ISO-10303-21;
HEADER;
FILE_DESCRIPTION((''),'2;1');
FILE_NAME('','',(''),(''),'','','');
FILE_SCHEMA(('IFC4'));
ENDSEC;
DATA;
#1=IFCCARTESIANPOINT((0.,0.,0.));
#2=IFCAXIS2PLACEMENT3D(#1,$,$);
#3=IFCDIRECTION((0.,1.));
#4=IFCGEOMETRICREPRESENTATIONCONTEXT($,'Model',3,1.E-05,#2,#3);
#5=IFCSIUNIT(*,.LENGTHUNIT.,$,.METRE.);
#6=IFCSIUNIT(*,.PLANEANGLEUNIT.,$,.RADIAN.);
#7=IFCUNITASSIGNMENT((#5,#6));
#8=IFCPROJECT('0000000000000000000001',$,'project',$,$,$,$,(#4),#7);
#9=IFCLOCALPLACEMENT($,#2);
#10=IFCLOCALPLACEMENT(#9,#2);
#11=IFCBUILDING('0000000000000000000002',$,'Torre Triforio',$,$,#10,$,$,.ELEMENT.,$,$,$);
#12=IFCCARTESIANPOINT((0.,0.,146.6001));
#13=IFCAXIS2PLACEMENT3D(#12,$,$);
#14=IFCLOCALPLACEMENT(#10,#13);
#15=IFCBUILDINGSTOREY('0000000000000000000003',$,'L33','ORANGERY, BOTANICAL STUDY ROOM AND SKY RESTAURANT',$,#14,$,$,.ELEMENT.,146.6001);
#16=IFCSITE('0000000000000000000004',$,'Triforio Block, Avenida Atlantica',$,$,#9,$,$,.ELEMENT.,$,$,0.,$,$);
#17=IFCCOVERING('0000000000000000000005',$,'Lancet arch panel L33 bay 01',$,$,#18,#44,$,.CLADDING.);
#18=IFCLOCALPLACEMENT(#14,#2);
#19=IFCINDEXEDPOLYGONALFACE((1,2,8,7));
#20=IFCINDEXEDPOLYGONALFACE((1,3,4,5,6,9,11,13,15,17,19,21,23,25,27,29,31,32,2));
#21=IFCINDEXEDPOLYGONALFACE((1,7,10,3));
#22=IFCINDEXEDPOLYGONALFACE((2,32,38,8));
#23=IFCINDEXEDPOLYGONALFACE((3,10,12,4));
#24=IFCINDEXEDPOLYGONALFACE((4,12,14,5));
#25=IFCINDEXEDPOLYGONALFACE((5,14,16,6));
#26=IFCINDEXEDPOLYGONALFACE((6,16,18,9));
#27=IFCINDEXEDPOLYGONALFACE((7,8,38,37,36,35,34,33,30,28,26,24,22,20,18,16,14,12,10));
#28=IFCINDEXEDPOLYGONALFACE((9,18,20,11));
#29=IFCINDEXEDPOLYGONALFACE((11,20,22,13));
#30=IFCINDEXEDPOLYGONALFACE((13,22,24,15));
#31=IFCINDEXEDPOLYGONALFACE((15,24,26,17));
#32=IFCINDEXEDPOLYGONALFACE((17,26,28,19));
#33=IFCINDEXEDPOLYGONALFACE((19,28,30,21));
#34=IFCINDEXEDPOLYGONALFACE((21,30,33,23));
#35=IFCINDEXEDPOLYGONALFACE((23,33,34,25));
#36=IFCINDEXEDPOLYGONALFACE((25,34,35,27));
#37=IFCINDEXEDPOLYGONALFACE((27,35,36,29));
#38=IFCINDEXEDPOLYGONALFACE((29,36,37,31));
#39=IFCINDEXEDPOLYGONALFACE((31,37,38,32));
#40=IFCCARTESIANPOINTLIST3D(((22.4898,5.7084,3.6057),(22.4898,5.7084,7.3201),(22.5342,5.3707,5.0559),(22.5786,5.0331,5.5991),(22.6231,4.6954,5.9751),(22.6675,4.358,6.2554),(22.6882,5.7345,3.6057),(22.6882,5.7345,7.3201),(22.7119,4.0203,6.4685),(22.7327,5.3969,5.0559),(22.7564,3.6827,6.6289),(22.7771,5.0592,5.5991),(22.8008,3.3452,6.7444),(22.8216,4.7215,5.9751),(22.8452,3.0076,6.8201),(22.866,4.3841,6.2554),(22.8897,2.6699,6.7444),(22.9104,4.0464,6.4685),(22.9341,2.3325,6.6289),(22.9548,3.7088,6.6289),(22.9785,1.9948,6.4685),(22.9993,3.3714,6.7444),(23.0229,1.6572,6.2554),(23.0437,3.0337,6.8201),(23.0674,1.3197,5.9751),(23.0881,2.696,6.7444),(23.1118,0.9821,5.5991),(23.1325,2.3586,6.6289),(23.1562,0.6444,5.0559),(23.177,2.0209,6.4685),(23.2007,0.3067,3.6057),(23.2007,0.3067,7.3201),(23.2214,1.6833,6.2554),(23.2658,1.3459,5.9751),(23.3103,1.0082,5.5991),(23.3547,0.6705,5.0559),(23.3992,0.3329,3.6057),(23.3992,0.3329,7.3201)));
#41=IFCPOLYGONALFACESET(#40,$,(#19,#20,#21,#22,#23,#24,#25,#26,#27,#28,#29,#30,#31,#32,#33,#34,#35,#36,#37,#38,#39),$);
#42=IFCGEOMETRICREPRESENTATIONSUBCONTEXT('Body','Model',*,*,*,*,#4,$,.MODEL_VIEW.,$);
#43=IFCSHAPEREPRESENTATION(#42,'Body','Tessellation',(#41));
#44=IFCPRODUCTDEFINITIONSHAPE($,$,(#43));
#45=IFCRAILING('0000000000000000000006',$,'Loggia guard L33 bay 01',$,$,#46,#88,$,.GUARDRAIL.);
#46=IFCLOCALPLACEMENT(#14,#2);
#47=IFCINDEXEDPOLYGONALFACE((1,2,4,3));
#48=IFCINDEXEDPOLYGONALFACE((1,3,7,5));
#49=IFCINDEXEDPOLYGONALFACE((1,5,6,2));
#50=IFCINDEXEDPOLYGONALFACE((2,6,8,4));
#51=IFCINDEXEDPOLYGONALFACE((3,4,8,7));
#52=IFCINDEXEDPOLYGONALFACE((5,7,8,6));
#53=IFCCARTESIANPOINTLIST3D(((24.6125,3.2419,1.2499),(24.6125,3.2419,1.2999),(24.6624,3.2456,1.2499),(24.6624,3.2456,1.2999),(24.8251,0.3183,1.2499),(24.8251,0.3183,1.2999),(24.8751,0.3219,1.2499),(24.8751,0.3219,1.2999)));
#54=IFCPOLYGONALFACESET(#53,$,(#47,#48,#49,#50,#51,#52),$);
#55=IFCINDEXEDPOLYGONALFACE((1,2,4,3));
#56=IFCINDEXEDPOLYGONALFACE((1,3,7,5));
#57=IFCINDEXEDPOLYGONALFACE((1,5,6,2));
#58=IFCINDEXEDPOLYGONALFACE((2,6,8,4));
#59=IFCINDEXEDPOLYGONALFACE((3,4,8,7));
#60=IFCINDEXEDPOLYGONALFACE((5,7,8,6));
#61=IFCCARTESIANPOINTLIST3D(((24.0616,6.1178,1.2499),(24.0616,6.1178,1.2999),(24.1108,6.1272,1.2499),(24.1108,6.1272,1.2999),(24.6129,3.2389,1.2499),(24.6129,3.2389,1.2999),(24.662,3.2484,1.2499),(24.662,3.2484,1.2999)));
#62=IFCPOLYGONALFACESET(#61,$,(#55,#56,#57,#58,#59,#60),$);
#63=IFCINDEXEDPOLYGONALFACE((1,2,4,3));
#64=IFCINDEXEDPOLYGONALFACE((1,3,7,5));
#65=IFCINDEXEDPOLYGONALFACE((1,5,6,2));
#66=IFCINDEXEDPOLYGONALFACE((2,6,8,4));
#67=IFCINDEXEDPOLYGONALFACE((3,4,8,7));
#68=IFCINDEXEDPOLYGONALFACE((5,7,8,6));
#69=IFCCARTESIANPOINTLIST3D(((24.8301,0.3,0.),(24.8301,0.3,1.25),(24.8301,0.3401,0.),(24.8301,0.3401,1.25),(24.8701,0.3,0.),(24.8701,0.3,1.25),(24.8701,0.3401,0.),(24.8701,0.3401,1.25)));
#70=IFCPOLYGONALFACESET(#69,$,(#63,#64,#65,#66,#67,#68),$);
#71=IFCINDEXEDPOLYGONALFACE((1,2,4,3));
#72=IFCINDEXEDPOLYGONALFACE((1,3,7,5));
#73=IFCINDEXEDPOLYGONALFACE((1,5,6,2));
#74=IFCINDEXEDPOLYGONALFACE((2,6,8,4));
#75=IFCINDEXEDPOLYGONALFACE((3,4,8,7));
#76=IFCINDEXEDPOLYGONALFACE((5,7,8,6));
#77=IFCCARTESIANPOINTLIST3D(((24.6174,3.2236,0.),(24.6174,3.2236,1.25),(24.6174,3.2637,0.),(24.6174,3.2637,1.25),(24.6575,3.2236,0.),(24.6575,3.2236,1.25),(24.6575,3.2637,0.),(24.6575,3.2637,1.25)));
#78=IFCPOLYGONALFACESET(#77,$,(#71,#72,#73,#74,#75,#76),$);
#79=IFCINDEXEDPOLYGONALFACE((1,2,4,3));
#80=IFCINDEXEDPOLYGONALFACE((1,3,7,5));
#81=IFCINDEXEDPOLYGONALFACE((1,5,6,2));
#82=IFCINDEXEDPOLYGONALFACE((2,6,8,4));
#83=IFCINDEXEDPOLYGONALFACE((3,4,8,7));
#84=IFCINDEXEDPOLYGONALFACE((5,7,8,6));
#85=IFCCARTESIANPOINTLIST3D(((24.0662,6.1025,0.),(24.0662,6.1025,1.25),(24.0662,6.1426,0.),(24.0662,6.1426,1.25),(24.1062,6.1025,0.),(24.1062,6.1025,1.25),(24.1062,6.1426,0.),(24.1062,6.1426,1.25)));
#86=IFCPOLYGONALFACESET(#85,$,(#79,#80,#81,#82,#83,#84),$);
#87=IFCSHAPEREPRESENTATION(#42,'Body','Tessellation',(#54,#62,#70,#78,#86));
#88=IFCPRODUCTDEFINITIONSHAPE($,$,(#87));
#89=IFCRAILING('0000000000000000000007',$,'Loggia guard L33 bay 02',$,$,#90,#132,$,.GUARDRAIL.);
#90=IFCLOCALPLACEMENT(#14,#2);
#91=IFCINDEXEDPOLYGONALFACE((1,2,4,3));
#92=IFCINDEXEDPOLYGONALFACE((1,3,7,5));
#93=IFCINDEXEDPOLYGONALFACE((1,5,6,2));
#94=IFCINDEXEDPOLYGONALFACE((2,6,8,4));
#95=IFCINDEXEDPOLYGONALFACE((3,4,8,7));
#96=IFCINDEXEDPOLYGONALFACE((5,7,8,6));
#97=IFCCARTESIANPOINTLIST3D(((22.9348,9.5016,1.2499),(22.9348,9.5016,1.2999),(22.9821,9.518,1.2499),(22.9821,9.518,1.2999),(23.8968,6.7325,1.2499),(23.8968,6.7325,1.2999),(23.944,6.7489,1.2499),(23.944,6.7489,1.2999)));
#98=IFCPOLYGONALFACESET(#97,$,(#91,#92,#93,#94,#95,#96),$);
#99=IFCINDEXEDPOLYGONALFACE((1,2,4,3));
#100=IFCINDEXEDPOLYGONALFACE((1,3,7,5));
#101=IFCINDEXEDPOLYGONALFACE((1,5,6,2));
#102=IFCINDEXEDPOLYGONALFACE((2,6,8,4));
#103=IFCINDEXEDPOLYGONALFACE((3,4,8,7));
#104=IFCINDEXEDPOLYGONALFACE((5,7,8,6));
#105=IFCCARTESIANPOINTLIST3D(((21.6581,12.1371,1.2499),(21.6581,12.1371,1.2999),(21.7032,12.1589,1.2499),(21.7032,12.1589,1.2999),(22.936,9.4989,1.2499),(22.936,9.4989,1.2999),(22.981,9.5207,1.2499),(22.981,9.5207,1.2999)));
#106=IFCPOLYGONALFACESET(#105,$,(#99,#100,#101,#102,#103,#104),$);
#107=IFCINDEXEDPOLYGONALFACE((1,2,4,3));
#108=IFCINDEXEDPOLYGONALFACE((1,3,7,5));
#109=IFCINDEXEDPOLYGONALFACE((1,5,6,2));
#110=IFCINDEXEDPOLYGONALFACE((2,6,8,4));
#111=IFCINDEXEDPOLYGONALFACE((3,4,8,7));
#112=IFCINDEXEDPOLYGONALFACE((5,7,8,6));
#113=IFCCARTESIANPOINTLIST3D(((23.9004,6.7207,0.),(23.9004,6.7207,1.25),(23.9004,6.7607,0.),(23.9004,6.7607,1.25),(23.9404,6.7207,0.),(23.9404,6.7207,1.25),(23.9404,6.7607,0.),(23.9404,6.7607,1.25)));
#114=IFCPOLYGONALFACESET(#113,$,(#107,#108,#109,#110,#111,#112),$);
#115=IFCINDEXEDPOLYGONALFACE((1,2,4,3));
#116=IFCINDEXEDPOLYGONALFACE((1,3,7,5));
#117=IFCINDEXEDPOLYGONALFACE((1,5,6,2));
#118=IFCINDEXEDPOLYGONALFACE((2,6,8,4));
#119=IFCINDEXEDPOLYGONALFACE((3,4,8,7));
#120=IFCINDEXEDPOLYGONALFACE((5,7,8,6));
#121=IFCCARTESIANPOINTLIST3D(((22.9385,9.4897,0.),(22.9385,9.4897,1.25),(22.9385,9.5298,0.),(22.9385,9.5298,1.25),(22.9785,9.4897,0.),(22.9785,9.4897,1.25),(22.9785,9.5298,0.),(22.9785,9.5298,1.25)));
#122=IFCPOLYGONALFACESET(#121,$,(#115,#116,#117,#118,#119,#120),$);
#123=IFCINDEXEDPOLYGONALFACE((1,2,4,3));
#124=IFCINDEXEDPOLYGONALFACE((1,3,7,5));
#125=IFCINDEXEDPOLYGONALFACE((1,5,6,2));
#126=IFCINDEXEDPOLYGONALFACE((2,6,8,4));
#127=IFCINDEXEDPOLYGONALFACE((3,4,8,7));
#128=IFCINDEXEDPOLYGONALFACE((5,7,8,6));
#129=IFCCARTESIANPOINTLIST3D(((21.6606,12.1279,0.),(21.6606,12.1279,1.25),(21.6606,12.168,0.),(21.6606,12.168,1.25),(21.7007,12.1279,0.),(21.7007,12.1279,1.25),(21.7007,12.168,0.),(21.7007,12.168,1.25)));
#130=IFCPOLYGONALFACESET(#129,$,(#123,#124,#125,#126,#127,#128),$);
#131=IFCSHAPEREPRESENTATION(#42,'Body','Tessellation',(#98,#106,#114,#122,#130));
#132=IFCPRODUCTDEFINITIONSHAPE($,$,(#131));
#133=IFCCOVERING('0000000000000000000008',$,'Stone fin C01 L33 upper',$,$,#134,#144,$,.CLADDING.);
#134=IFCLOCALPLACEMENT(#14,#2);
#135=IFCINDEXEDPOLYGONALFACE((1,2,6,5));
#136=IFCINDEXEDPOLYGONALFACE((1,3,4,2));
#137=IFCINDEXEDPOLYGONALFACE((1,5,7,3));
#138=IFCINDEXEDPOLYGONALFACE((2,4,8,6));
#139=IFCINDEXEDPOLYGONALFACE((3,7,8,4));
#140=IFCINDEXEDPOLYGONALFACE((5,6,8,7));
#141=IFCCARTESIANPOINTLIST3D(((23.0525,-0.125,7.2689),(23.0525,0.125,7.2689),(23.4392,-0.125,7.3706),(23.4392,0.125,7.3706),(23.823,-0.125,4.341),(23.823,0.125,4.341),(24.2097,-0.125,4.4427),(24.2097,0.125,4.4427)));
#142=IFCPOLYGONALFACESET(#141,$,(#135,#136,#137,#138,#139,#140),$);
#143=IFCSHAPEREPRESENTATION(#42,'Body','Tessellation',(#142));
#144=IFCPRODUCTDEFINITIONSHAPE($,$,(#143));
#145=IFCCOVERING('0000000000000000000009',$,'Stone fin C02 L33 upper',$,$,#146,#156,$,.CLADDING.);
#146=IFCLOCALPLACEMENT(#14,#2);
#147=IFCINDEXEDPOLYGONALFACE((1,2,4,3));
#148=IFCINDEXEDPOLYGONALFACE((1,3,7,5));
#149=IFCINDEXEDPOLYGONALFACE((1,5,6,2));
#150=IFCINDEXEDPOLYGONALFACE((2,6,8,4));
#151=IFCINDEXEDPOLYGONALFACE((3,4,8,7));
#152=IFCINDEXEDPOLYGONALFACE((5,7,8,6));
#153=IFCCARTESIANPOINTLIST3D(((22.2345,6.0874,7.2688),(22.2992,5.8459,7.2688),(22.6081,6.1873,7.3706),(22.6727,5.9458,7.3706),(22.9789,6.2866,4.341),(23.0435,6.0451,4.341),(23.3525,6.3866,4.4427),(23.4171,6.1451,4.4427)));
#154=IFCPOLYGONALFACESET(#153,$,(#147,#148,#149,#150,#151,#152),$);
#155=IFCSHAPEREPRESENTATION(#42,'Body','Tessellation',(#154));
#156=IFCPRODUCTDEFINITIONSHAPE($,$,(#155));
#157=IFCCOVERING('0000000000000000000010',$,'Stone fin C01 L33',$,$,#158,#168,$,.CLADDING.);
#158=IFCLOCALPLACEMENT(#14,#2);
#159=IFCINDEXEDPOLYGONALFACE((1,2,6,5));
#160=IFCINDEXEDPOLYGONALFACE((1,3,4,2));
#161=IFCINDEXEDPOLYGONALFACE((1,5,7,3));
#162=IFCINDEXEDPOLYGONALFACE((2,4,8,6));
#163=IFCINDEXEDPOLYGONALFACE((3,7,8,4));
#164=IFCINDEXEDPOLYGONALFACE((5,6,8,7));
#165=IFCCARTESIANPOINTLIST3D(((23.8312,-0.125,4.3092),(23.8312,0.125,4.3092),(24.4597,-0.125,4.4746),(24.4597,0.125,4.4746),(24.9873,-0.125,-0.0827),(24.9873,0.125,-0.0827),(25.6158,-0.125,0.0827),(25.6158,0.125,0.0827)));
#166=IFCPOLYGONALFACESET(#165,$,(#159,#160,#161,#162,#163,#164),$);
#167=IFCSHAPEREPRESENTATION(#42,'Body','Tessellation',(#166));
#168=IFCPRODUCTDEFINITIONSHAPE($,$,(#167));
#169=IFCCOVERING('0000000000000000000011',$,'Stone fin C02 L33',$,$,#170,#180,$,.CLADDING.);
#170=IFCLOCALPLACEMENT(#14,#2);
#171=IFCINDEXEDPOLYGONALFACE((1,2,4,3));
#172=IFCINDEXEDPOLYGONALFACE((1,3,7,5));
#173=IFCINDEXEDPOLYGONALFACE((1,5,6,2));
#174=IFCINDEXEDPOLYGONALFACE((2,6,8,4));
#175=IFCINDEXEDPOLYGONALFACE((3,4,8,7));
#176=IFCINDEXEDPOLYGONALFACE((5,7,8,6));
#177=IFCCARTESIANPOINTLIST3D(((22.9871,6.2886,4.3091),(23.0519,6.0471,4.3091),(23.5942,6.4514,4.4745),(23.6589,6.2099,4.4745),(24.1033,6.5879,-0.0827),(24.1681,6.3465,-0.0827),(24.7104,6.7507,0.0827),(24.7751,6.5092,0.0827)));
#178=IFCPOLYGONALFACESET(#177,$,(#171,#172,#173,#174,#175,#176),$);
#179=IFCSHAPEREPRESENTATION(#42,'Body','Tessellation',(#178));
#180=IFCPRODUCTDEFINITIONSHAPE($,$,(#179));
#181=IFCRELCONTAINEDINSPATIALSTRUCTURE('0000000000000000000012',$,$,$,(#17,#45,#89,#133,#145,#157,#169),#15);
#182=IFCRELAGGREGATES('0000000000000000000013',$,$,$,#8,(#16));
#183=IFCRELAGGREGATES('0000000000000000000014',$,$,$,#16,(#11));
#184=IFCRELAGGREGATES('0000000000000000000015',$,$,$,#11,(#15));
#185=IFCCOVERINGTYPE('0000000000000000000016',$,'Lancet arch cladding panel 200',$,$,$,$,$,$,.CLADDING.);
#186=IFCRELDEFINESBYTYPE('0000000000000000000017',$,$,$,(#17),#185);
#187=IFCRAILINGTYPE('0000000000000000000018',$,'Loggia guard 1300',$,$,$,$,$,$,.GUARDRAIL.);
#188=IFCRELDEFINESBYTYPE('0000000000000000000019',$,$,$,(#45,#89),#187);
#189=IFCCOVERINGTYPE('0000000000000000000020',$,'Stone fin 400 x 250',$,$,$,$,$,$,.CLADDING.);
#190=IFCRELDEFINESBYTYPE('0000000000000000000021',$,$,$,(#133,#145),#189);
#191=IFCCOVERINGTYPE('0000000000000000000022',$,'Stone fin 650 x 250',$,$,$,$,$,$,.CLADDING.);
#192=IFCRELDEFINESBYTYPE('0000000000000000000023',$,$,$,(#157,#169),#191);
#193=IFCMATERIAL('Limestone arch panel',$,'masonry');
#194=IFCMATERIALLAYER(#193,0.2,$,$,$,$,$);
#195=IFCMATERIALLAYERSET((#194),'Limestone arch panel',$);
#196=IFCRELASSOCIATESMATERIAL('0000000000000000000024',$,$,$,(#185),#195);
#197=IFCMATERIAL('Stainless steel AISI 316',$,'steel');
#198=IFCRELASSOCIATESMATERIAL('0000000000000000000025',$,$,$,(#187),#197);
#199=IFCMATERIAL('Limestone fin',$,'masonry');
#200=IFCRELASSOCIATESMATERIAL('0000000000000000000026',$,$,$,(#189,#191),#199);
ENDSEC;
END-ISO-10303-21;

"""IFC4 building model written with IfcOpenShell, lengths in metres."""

from ifc_helpers import new_model, si_unit, direction, frame, origin, origin_2d, place, context, subcontext, project, spatial, polyline, rectangle, outline, extrude, material, layer, layer_set, material_profile, profile_set, type_object, element, save


model = new_model("IFC4")

# Units and contexts
model_context = context("Model", 3, precision=1e-05, world=origin(), true_north=direction((0.0, 1.0)))
body_context = subcontext(model_context, "Body", "Model", "MODEL_VIEW")
ifc_project = project(units=[si_unit("LENGTHUNIT", "METRE"), si_unit("PLANEANGLEUNIT", "RADIAN")], contexts=[model_context])

# Site, building, storey
site_placement = place(None, origin())
site = spatial("IfcSite", under=ifc_project, at=site_placement, Name="Triforio Block, Avenida Atlantica", CompositionType="ELEMENT", RefElevation=0.0)
building_placement = place(site_placement, origin())
building = spatial("IfcBuilding", under=site, at=building_placement, Name="Torre Triforio", CompositionType="ELEMENT")
storey_placement = place(building_placement, frame((0.0, 0.0, 146.6001)))
storey = spatial("IfcBuildingStorey", under=building, at=storey_placement, Name="L33", Description="ORANGERY, BOTANICAL STUDY ROOM AND SKY RESTAURANT", CompositionType="ELEMENT", Elevation=146.6001)

# Covering
ifc_material_1 = material(Name="Limestone arch panel", Category="masonry")
ifc_layer_1 = layer(ifc_material_1, 0.2)
ifc_layer_set_1 = layer_set([ifc_layer_1], Name="Limestone arch panel")
covering_type_1 = type_object("IfcCoveringType", Name="Lancet arch cladding panel 200", PredefinedType="CLADDING", material=ifc_layer_set_1)
covering_1_placement = place(storey_placement, frame((22.8452, 3.0076, 0.0), z_axis=(0.99145, 0.130486, 0.0), x_axis=(-0.130486, 0.99145, 0.0)))
element("IfcCovering", 1, at=covering_1_placement, inside=storey, type_object=covering_type_1, Name="Lancet arch panel L33 bay 01", PredefinedType="CLADDING", context=body_context, shape_type="SweptSolid", body=[
    extrude(outline(polyline([(-2.7241, 7.3201), (-2.7241, 3.6057), (-2.3835, 5.0559), (-2.043, 5.5991), (-1.7024, 5.9751), (-1.3621, 6.2554), (-1.0215, 6.4685), (-0.6809, 6.6289), (-0.3406, 6.7444), (0.0, 6.8201), (0.3406, 6.7444), (0.6809, 6.6289), (1.0215, 6.4685), (1.3621, 6.2554), (1.7024, 5.9751), (2.043, 5.5991), (2.3835, 5.0559), (2.7241, 3.6057), (2.7241, 7.3201), (-2.7241, 7.3201)])), origin(), (0.0, 0.0, 1.0), 0.2002),
])

# Railings
ifc_material_2 = material(Name="Stainless steel AISI 316", Category="steel")
railing_type = type_object("IfcRailingType", Name="Loggia guard 1300", PredefinedType="GUARDRAIL", material=ifc_material_2)
railing_1_placement = place(storey_placement, frame((24.8501, 0.3201, 0.0)))
element("IfcRailing", 2, at=railing_1_placement, inside=storey, type_object=railing_type, Name="Loggia guard L33 bay 01", PredefinedType="GUARDRAIL", context=body_context, shape_type="SweptSolid", body=[
    extrude(rectangle(XDim=0.05, YDim=0.05, at=origin_2d()), frame((0.0, 0.0, 1.2749), z_axis=(-0.072543, 0.997365, 0.0), x_axis=(-0.997365, -0.072543, 0.0)), (0.0, 0.0, 1.0), 2.9314),
    extrude(rectangle(XDim=0.05, YDim=0.05, at=origin_2d()), frame((-0.2126, 2.9236, 1.2749), z_axis=(-0.188069, 0.982156, 0.0), x_axis=(-0.982156, -0.188069, 0.0)), (0.0, 0.0, 1.0), 2.9312),
    extrude(rectangle(XDim=0.04, YDim=0.04, at=origin_2d()), origin(), (0.0, 0.0, 1.0), 1.25),
    extrude(rectangle(XDim=0.04, YDim=0.04, at=origin_2d()), frame((-0.2126, 2.9236, 0.0)), (0.0, 0.0, 1.0), 1.25),
    extrude(rectangle(XDim=0.04, YDim=0.04, at=origin_2d()), frame((-0.7639, 5.8025, 0.0)), (0.0, 0.0, 1.0), 1.25),
])
railing_2_placement = place(storey_placement, frame((23.9204, 6.7407, 0.0)))
element("IfcRailing", 3, at=railing_2_placement, inside=storey, type_object=railing_type, Name="Loggia guard L33 bay 02", PredefinedType="GUARDRAIL", context=body_context, shape_type="SweptSolid", body=[
    extrude(rectangle(XDim=0.05, YDim=0.05, at=origin_2d()), frame((0.0, 0.0, 1.2749), z_axis=(-0.328146, 0.944627, 0.0), x_axis=(-0.944627, -0.328146, 0.0)), (0.0, 0.0, 1.0), 2.9314),
    extrude(rectangle(XDim=0.05, YDim=0.05, at=origin_2d()), frame((-0.9619, 2.769, 1.2749), z_axis=(-0.435918, 0.899986, 0.0), x_axis=(-0.899986, -0.435918, 0.0)), (0.0, 0.0, 1.0), 2.9314),
    extrude(rectangle(XDim=0.04, YDim=0.04, at=origin_2d()), origin(), (0.0, 0.0, 1.0), 1.25),
    extrude(rectangle(XDim=0.04, YDim=0.04, at=origin_2d()), frame((-0.9619, 2.769, 0.0)), (0.0, 0.0, 1.0), 1.25),
    extrude(rectangle(XDim=0.04, YDim=0.04, at=origin_2d()), frame((-2.2397, 5.4072, 0.0)), (0.0, 0.0, 1.0), 1.25),
])

# Coverings
ifc_material_3 = material(Name="Limestone fin", Category="masonry")
ifc_material_profile_1 = material_profile(ifc_material_3, rectangle(XDim=0.3999, YDim=0.25, at=origin_2d()), Name="FIN 400x250")
ifc_profile_set_1 = profile_set([ifc_material_profile_1], Name="Limestone fin")
covering_type_2 = type_object("IfcCoveringType", Name="Stone fin 400 x 250", PredefinedType="CLADDING", material=ifc_profile_set_1)
for number, where, z_axis, x_axis, name in (
    (4, (24.0164, 0.0, 4.3918), (-0.254489, 0.0, 0.967076), (0.967076, 0.0, 0.254489), "Stone fin C01 L33 upper"),
    (5, (23.198, 6.2158, 4.3918), (-0.24586, -0.065799, 0.96707), (0.934192, 0.250017, 0.254512), "Stone fin C02 L33 upper"),
):
    element("IfcCovering", number, at=place(storey_placement, frame(where, z_axis=z_axis, x_axis=x_axis)), inside=storey, type_object=covering_type_2, Name=name, PredefinedType="CLADDING", context=body_context, shape_type="SweptSolid", body=[
        extrude(rectangle(XDim=0.3999, YDim=0.25, at=origin_2d()), origin(), (0.0, 0.0, 1.0), 3.0276),
    ])
ifc_material_profile_2 = material_profile(ifc_material_3, rectangle(XDim=0.6499, YDim=0.25, at=origin_2d()), Name="FIN 650x250")
ifc_profile_set_2 = profile_set([ifc_material_profile_2], Name="Limestone fin")
covering_type_3 = type_object("IfcCoveringType", Name="Stone fin 650 x 250", PredefinedType="CLADDING", material=ifc_profile_set_2)
covering_2_placement = place(storey_placement, frame((25.3015, 0.0, 0.0), z_axis=(-0.254546, 0.0, 0.967061), x_axis=(0.967061, 0.0, 0.254546)))
element("IfcCovering", 6, at=covering_2_placement, inside=storey, type_object=covering_type_3, Name="Stone fin C01 L33", PredefinedType="CLADDING", context=body_context, shape_type="SweptSolid", body=[
    extrude(rectangle(XDim=0.6499, YDim=0.25, at=origin_2d()), origin(), (0.0, 0.0, 1.0), 4.5415),
])
covering_3_placement = place(storey_placement, frame((24.4392, 6.5486, 0.0), z_axis=(-0.245789, -0.065909, 0.96708), x_axis=(0.93408, 0.250477, 0.254472)))
element("IfcCovering", 7, at=covering_3_placement, inside=storey, type_object=covering_type_3, Name="Stone fin C02 L33", PredefinedType="CLADDING", context=body_context, shape_type="SweptSolid", body=[
    extrude(rectangle(XDim=0.6499, YDim=0.25, at=origin_2d()), origin(), (0.0, 0.0, 1.0), 4.5413),
])

save(model, "model.ifc")
